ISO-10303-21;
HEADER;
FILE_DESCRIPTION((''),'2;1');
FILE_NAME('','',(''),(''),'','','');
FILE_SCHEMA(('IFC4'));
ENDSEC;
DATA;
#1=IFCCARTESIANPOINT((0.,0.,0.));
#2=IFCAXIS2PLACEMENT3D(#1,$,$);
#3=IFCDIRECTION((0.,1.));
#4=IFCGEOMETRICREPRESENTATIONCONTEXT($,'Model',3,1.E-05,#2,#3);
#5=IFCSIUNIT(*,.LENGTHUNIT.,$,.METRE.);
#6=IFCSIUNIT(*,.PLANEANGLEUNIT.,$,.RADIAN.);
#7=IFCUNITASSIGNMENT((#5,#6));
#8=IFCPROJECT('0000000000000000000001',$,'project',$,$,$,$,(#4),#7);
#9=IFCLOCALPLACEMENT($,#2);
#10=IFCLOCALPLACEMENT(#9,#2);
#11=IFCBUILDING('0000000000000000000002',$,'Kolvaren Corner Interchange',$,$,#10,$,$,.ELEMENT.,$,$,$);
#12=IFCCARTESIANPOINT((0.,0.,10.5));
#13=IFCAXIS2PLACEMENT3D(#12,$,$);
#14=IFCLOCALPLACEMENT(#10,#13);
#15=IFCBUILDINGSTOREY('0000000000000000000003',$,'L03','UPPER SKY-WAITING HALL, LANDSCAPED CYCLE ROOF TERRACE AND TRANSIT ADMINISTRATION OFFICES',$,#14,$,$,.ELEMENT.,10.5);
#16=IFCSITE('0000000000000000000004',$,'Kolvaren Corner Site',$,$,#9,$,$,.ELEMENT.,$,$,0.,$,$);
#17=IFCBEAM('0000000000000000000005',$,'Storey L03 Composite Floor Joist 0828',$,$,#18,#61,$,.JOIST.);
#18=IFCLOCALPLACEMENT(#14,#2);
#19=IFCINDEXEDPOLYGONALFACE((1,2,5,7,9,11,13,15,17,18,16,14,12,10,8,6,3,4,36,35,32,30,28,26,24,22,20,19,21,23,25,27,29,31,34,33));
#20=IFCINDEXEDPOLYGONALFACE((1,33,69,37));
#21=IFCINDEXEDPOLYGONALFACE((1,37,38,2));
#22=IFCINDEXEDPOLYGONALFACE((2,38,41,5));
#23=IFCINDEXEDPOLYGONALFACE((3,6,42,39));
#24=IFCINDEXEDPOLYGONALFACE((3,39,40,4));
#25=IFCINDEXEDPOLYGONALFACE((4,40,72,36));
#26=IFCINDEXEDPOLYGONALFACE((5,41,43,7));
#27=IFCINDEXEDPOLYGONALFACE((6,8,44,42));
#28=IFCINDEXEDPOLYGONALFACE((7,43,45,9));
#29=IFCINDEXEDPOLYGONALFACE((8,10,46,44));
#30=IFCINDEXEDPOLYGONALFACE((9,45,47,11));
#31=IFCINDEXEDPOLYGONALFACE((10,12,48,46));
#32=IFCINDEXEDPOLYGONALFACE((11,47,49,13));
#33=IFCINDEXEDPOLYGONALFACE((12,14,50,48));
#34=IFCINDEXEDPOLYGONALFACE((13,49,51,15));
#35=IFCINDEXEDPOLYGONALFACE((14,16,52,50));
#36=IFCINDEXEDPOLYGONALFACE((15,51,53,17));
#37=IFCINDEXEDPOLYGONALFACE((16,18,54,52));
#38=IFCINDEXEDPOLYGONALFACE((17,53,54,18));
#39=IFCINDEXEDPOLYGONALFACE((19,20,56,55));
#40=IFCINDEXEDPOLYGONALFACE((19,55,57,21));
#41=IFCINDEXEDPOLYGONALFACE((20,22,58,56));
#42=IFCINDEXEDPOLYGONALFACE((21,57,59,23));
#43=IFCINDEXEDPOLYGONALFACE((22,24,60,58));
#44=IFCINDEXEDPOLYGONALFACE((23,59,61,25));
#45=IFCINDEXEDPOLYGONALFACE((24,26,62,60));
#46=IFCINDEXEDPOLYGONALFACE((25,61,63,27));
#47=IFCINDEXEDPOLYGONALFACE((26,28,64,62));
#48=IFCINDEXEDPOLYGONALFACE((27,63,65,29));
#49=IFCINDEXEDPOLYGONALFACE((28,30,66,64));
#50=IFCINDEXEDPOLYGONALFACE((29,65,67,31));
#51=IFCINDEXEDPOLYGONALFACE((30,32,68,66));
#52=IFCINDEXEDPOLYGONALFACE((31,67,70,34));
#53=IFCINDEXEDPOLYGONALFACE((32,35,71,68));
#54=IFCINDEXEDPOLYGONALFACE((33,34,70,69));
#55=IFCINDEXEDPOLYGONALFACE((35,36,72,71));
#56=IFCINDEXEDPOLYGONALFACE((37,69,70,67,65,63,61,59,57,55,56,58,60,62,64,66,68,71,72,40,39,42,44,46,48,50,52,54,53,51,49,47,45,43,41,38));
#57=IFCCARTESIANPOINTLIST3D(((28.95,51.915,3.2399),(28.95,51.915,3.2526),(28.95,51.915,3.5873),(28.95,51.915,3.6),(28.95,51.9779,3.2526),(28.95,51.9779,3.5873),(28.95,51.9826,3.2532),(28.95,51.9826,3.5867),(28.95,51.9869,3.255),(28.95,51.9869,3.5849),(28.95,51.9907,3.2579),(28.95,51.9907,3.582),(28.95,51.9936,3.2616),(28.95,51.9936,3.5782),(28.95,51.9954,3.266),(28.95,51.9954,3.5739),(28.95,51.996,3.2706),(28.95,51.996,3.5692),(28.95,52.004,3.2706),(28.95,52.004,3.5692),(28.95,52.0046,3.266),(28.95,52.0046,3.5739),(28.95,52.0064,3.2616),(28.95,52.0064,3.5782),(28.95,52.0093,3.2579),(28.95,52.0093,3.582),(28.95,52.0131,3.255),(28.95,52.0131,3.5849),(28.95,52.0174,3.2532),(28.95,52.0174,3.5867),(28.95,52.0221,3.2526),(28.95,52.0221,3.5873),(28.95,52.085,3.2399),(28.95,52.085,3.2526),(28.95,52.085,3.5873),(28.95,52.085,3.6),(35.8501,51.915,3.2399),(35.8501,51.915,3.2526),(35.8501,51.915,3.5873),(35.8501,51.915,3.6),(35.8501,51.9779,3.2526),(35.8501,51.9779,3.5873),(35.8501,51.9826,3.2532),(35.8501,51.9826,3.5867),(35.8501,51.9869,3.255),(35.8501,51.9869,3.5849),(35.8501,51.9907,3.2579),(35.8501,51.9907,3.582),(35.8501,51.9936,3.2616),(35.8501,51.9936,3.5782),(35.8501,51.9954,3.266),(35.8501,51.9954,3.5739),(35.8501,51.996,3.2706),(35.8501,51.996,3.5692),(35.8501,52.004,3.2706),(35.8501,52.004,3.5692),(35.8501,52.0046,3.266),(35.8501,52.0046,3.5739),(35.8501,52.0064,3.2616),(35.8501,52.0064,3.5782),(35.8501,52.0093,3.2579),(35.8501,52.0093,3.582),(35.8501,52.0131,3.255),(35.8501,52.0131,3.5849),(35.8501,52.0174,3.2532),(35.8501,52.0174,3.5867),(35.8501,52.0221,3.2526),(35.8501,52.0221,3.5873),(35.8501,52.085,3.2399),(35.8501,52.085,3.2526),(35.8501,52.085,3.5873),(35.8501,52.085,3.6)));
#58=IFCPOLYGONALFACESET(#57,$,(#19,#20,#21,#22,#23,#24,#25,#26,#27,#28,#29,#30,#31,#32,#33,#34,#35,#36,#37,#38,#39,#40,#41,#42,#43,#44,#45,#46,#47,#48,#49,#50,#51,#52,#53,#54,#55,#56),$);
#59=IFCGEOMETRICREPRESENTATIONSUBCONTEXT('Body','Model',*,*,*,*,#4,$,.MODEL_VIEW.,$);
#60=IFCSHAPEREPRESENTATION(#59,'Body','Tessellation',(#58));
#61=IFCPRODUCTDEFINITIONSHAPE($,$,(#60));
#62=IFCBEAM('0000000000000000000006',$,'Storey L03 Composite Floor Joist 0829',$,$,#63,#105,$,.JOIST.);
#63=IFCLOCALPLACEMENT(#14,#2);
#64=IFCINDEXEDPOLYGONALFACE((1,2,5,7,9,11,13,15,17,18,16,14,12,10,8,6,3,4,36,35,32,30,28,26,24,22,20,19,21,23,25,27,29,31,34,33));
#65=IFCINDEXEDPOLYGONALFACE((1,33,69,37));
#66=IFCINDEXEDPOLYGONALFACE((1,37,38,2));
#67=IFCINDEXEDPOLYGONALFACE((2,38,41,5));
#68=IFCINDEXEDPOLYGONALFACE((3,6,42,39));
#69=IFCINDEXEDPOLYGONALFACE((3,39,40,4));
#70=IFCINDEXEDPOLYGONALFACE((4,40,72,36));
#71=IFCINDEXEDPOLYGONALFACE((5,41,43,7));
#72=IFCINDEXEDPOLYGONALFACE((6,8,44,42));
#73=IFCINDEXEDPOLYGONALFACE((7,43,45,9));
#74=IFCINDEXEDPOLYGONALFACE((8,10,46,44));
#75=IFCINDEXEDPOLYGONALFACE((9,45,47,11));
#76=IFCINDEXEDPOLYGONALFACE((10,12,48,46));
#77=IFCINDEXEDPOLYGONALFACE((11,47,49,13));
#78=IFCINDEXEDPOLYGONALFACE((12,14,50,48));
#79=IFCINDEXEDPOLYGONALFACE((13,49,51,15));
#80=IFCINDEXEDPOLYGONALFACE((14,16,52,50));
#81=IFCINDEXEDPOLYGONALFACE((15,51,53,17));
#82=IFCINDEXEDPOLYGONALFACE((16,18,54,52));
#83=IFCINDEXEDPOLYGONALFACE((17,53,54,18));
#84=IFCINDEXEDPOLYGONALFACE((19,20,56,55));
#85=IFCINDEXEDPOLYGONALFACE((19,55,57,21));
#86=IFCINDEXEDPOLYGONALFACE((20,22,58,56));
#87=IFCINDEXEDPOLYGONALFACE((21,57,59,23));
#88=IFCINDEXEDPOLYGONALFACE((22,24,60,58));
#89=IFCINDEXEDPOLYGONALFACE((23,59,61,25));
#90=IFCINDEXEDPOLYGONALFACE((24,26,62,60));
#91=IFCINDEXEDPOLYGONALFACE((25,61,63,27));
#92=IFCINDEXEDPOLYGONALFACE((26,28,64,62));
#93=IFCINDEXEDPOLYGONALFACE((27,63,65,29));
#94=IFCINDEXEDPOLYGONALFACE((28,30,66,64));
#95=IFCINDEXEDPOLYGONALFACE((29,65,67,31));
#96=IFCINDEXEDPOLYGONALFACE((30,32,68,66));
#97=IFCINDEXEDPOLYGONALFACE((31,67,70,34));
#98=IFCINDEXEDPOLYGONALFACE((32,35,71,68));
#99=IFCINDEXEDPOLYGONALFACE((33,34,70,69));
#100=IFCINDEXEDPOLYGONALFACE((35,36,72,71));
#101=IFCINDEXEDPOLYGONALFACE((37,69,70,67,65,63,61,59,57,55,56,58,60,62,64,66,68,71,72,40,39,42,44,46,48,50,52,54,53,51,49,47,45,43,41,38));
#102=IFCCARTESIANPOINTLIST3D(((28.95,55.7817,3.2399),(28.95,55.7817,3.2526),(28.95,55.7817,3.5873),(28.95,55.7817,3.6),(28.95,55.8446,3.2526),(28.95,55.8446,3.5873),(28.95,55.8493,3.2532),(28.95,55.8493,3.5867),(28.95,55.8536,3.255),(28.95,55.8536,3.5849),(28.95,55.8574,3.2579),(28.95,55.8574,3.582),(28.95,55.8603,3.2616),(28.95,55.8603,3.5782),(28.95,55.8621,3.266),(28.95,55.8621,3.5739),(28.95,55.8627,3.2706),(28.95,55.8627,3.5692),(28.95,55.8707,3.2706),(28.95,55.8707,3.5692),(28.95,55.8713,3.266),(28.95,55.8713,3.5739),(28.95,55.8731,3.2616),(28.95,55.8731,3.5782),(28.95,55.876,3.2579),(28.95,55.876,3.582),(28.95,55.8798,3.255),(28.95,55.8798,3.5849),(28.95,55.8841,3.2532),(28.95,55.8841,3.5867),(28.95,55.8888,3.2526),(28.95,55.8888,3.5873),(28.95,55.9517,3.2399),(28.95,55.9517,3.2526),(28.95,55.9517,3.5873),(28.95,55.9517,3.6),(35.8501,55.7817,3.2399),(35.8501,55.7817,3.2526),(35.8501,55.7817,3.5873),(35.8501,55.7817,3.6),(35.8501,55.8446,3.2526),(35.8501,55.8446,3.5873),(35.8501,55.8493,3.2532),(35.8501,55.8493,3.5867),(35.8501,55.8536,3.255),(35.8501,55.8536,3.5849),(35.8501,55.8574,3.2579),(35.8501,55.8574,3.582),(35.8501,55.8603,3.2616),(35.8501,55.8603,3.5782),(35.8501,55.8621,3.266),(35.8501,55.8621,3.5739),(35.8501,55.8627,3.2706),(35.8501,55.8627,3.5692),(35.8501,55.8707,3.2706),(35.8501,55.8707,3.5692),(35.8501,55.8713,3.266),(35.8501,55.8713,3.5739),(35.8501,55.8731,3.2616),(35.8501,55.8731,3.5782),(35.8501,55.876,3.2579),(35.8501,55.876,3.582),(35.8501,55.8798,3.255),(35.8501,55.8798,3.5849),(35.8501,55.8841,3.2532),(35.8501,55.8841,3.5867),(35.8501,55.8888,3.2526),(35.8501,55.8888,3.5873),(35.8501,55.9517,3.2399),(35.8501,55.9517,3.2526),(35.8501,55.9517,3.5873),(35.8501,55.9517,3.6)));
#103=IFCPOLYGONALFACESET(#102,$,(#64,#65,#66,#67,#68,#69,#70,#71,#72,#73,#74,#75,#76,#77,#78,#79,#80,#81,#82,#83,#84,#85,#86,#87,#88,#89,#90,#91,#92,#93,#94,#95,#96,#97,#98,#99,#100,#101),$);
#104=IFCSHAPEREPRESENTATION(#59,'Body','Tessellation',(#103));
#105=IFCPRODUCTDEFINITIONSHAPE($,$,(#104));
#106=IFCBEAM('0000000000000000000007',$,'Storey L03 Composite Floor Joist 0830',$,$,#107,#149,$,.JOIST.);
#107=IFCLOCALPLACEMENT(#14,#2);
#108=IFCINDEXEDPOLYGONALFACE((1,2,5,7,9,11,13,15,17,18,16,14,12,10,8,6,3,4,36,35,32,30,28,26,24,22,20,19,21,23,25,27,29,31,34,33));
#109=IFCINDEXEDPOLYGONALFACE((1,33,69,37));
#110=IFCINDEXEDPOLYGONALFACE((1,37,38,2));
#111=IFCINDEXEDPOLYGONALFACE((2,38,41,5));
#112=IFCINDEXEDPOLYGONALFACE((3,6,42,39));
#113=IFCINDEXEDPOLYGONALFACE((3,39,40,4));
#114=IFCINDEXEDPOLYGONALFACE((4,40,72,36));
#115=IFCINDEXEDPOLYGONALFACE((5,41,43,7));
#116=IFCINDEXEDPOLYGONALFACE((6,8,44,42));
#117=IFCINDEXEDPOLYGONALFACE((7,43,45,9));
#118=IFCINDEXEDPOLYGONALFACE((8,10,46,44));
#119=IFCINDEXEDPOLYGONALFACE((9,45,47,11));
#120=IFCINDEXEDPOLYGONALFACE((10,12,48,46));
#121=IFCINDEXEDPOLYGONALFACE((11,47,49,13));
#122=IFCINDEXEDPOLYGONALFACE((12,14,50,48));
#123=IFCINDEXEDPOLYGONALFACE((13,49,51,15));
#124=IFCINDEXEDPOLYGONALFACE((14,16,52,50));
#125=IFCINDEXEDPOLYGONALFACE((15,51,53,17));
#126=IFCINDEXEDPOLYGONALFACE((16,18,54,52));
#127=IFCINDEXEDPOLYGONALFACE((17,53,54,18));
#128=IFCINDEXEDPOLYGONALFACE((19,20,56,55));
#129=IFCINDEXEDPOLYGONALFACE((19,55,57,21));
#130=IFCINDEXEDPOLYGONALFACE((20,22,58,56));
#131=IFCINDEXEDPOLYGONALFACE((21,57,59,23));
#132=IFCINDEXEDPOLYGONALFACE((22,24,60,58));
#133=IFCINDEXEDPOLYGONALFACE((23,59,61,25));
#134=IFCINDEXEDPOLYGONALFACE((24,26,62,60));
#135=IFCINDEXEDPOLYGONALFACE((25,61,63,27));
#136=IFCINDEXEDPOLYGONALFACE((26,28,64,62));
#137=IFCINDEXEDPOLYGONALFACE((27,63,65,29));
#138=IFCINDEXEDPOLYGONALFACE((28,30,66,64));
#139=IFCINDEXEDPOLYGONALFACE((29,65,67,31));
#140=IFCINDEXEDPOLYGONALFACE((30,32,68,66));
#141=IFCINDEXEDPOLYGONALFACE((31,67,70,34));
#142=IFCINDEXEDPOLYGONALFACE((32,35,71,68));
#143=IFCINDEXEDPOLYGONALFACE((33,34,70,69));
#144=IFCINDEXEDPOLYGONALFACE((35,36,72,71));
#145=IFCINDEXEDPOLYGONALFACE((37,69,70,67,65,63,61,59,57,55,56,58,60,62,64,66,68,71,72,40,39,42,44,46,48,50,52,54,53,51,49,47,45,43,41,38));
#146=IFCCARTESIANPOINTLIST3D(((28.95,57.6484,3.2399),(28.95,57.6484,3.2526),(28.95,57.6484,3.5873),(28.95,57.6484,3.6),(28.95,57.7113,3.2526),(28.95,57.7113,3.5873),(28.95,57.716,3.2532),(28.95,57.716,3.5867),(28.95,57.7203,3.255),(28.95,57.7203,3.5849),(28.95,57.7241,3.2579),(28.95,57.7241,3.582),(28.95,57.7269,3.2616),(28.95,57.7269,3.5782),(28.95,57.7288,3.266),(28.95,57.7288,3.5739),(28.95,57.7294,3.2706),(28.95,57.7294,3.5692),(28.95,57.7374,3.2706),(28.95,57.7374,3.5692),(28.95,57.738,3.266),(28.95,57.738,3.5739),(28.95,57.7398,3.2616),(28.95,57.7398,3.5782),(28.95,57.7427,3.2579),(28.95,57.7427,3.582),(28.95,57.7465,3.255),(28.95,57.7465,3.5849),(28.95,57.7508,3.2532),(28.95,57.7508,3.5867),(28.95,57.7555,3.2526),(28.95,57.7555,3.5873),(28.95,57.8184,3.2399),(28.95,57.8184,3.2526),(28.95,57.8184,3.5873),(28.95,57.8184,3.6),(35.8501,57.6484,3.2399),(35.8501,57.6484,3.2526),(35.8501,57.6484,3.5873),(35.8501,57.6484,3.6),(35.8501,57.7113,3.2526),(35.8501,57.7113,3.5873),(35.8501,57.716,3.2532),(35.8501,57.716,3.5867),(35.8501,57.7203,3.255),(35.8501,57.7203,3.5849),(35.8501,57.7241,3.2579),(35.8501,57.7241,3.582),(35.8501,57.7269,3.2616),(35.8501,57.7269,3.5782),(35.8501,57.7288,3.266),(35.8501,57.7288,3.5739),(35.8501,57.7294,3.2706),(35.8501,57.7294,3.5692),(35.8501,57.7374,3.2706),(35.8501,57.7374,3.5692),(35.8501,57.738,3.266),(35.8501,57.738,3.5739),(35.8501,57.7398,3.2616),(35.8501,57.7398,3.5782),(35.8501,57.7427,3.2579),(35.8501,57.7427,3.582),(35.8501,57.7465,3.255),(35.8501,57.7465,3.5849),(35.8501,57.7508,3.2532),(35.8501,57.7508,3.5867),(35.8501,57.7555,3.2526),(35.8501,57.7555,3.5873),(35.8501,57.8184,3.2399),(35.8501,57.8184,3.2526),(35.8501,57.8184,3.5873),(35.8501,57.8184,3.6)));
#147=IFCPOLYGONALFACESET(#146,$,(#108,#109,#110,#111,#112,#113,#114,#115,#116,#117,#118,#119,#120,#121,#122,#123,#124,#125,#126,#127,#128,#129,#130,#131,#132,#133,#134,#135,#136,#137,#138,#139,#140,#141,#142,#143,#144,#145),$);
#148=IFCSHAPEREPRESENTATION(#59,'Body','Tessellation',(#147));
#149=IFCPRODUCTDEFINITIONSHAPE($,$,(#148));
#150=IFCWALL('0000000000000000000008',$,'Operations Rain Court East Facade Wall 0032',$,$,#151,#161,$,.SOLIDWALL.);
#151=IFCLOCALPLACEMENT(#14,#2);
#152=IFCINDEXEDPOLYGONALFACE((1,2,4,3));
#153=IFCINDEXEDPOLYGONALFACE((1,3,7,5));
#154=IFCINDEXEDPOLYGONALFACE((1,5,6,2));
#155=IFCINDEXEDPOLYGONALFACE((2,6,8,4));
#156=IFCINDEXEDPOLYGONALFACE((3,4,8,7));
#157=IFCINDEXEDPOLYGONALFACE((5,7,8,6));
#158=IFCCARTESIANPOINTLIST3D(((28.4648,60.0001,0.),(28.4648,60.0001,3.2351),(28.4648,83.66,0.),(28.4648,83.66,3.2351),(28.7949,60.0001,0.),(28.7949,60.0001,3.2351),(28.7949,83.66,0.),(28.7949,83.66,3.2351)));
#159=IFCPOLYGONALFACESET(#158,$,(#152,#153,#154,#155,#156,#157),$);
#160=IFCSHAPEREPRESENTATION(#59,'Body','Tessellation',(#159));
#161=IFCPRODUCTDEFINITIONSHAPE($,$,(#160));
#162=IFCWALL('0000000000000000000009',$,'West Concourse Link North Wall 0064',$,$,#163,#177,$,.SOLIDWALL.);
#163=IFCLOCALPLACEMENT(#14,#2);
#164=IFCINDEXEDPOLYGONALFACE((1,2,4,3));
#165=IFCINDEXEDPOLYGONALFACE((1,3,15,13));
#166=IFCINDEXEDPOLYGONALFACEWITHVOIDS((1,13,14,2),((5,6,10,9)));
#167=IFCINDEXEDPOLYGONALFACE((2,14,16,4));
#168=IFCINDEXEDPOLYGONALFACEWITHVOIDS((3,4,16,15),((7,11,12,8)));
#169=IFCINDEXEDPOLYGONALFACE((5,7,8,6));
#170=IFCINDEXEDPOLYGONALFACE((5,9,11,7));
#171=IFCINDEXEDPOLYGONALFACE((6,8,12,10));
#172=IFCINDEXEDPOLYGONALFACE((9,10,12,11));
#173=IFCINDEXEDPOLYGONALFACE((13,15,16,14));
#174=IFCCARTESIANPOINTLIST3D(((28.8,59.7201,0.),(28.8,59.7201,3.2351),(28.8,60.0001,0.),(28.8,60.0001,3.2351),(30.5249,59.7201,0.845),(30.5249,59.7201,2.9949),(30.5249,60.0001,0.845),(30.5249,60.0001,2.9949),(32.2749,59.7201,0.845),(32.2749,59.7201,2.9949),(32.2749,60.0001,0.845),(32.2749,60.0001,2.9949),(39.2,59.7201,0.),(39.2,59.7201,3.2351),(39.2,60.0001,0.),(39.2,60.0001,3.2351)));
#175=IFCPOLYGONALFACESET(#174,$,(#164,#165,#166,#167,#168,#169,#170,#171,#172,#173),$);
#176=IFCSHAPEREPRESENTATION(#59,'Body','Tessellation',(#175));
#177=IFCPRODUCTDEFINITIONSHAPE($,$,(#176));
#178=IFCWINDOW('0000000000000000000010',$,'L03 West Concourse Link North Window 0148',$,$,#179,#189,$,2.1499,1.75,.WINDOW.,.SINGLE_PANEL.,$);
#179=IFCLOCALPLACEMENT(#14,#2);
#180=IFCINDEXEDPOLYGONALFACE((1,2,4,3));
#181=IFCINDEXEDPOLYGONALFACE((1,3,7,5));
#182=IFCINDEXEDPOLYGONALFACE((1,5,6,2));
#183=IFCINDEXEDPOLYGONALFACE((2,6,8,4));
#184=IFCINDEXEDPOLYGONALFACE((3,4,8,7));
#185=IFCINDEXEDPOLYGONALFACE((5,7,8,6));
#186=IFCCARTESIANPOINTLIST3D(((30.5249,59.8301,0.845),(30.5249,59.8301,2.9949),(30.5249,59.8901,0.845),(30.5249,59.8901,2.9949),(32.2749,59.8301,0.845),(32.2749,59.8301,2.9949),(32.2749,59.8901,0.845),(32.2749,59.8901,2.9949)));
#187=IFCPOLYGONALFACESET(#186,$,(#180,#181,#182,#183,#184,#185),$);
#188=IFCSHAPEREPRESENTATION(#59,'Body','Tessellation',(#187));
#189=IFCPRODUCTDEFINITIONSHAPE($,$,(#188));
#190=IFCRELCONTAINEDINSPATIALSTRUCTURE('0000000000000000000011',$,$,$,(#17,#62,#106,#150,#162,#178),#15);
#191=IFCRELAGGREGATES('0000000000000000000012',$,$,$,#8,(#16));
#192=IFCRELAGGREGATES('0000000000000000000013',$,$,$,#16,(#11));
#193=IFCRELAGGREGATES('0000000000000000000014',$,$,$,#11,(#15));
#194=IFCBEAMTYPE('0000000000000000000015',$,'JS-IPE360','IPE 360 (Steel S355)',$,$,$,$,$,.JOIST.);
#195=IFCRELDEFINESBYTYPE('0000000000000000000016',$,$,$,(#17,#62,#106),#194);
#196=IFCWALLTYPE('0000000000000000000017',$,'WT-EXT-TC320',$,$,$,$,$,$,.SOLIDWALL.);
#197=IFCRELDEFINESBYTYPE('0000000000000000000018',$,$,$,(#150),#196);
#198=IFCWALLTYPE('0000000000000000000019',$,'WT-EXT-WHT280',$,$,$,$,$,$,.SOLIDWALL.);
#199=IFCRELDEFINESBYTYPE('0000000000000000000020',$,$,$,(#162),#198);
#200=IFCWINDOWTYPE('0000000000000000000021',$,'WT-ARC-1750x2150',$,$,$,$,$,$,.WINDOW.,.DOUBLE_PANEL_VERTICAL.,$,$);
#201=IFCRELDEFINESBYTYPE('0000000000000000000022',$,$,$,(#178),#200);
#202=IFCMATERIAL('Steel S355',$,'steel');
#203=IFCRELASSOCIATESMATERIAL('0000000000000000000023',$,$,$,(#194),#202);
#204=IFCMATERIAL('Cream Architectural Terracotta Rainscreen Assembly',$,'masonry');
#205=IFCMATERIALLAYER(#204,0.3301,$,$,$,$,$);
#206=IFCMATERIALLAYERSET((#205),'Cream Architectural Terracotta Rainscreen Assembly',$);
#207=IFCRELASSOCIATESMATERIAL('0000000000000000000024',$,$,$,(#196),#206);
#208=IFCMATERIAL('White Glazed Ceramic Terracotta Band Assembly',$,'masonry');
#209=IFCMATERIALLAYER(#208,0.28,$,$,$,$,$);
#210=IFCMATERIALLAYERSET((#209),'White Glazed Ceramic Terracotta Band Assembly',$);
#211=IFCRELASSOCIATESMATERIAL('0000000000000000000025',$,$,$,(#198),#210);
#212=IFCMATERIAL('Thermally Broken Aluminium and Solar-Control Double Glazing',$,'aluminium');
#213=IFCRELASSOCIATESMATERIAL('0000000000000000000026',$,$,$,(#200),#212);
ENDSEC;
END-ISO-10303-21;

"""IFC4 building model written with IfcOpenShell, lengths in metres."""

from ifc_helpers import new_model, si_unit, direction, frame, frame_2d, origin, origin_2d, place, context, subcontext, project, spatial, rectangle, i_section, extrude, material, layer, layer_set, material_profile, profile_set, type_object, element, fill, save


model = new_model("IFC4")

# Units and contexts
model_context = context("Model", 3, precision=1e-05, world=origin(), true_north=direction((0.0, 1.0)))
body_context = subcontext(model_context, "Body", "Model", "MODEL_VIEW")
ifc_project = project(units=[si_unit("LENGTHUNIT", "METRE"), si_unit("PLANEANGLEUNIT", "RADIAN")], contexts=[model_context])

# Site, building, storey
site_placement = place(None, origin())
site = spatial("IfcSite", under=ifc_project, at=site_placement, Name="Kolvaren Corner Site", CompositionType="ELEMENT", RefElevation=0.0)
building_placement = place(site_placement, origin())
building = spatial("IfcBuilding", under=site, at=building_placement, Name="Kolvaren Corner Interchange", CompositionType="ELEMENT")
storey_placement = place(building_placement, frame((0.0, 0.0, 10.5)))
storey = spatial("IfcBuildingStorey", under=building, at=storey_placement, Name="L03", Description="UPPER SKY-WAITING HALL, LANDSCAPED CYCLE ROOF TERRACE AND TRANSIT ADMINISTRATION OFFICES", CompositionType="ELEMENT", Elevation=10.5)

# Beams
ifc_material_1 = material(Name="Steel S355", Category="steel")
ifc_material_profile_1 = material_profile(ifc_material_1, i_section(OverallWidth=0.1699, OverallDepth=0.3601, WebThickness=0.0081, FlangeThickness=0.0127, FilletRadius=0.0181, at=origin_2d()), Name="IPE 360")
ifc_profile_set_1 = profile_set([ifc_material_profile_1], Name="Steel S355")
beam_type_1 = type_object("IfcBeamType", Name="JS-IPE360", Description="IPE 360 (Steel S355)", PredefinedType="JOIST", material=ifc_profile_set_1)
for number, where, z_axis, x_axis, name in (
    (1, (28.95, 52.0, 3.4199), (1.0, 0.0, 0.0), (0.0, 1.0, 0.0), "Storey L03 Composite Floor Joist 0828"),
    (2, (28.95, 55.8667, 3.4199), (1.0, 0.0, 0.0), (0.0, 1.0, 0.0), "Storey L03 Composite Floor Joist 0829"),
    (3, (28.95, 57.7334, 3.4199), (1.0, 0.0, 0.0), (0.0, 1.0, 0.0), "Storey L03 Composite Floor Joist 0830"),
):
    element("IfcBeam", number, at=place(storey_placement, frame(where, z_axis=z_axis, x_axis=x_axis)), inside=storey, type_object=beam_type_1, Name=name, PredefinedType="JOIST", context=body_context, shape_type="SweptSolid", body=[
        extrude(i_section(OverallWidth=0.1699, OverallDepth=0.3601, WebThickness=0.0081, FlangeThickness=0.0127, FilletRadius=0.0181, at=origin_2d()), origin(), (0.0, 0.0, 1.0), 6.9001),
    ])

# Wall
ifc_material_2 = material(Name="Cream Architectural Terracotta Rainscreen Assembly", Category="masonry")
ifc_layer_1 = layer(ifc_material_2, 0.3301)
ifc_layer_set_1 = layer_set([ifc_layer_1], Name="Cream Architectural Terracotta Rainscreen Assembly")
wall_type_1 = type_object("IfcWallType", Name="WT-EXT-TC320", PredefinedType="SOLIDWALL", material=ifc_layer_set_1)
wall_1_placement = place(storey_placement, frame((28.6299, 60.0, 0.0), z_axis=(0.0, 0.0, 1.0), x_axis=(0.0, 1.0, 0.0)))
element("IfcWall", 4, at=wall_1_placement, inside=storey, type_object=wall_type_1, Name="Operations Rain Court East Facade Wall 0032", PredefinedType="SOLIDWALL", context=body_context, shape_type="SweptSolid", body=[
    extrude(rectangle(XDim=23.6599, YDim=0.3301, at=frame_2d((11.8301, 0.0))), origin(), (0.0, 0.0, 1.0), 3.2351),
])

# Wall, opening, window
ifc_material_3 = material(Name="White Glazed Ceramic Terracotta Band Assembly", Category="masonry")
ifc_layer_2 = layer(ifc_material_3, 0.28)
ifc_layer_set_2 = layer_set([ifc_layer_2], Name="White Glazed Ceramic Terracotta Band Assembly")
wall_type_2 = type_object("IfcWallType", Name="WT-EXT-WHT280", PredefinedType="SOLIDWALL", material=ifc_layer_set_2)
wall_2_placement = place(storey_placement, frame((39.2, 59.8601, 0.0), z_axis=(0.0, 0.0, 1.0), x_axis=(-1.0, 0.0, 0.0)))
wall_2 = element("IfcWall", 5, at=wall_2_placement, inside=storey, type_object=wall_type_2, Name="West Concourse Link North Wall 0064", PredefinedType="SOLIDWALL", context=body_context, shape_type="SweptSolid", body=[
    extrude(rectangle(XDim=10.3999, YDim=0.28, at=frame_2d((5.2, 0.0))), origin(), (0.0, 0.0, 1.0), 3.2351),
])
opening_placement = place(wall_2_placement, frame((6.925, 0.0, 0.845)))
opening = element("IfcOpeningElement", 6, at=opening_placement, cuts=wall_2, PredefinedType="OPENING", context=body_context, shape_type="SweptSolid", body=[
    extrude(rectangle(XDim=1.75, YDim=2.1499, at=frame_2d((0.875, 1.075))), frame((0.0, 0.1499, 0.0), z_axis=(0.0, -1.0, 0.0), x_axis=(1.0, 0.0, 0.0)), (0.0, 0.0, 1.0), 0.3),
])
ifc_material_4 = material(Name="Thermally Broken Aluminium and Solar-Control Double Glazing", Category="aluminium")
window_type = type_object("IfcWindowType", Name="WT-ARC-1750x2150", PartitioningType="DOUBLE_PANEL_VERTICAL", PredefinedType="WINDOW", material=ifc_material_4)
window_placement = place(opening_placement, origin())
window = element("IfcWindow", 7, at=window_placement, inside=storey, type_object=window_type, Name="L03 West Concourse Link North Window 0148", OverallHeight=2.1499, OverallWidth=1.75, PartitioningType="SINGLE_PANEL", PredefinedType="WINDOW", context=body_context, shape_type="SweptSolid", body=[
    extrude(rectangle(XDim=1.75, YDim=2.1499, at=frame_2d((0.875, 1.075))), frame((0.0, 0.03, 0.0), z_axis=(0.0, -1.0, 0.0), x_axis=(1.0, 0.0, 0.0)), (0.0, 0.0, 1.0), 0.0601),
])
fill(opening, window)

save(model, "model.ifc")
